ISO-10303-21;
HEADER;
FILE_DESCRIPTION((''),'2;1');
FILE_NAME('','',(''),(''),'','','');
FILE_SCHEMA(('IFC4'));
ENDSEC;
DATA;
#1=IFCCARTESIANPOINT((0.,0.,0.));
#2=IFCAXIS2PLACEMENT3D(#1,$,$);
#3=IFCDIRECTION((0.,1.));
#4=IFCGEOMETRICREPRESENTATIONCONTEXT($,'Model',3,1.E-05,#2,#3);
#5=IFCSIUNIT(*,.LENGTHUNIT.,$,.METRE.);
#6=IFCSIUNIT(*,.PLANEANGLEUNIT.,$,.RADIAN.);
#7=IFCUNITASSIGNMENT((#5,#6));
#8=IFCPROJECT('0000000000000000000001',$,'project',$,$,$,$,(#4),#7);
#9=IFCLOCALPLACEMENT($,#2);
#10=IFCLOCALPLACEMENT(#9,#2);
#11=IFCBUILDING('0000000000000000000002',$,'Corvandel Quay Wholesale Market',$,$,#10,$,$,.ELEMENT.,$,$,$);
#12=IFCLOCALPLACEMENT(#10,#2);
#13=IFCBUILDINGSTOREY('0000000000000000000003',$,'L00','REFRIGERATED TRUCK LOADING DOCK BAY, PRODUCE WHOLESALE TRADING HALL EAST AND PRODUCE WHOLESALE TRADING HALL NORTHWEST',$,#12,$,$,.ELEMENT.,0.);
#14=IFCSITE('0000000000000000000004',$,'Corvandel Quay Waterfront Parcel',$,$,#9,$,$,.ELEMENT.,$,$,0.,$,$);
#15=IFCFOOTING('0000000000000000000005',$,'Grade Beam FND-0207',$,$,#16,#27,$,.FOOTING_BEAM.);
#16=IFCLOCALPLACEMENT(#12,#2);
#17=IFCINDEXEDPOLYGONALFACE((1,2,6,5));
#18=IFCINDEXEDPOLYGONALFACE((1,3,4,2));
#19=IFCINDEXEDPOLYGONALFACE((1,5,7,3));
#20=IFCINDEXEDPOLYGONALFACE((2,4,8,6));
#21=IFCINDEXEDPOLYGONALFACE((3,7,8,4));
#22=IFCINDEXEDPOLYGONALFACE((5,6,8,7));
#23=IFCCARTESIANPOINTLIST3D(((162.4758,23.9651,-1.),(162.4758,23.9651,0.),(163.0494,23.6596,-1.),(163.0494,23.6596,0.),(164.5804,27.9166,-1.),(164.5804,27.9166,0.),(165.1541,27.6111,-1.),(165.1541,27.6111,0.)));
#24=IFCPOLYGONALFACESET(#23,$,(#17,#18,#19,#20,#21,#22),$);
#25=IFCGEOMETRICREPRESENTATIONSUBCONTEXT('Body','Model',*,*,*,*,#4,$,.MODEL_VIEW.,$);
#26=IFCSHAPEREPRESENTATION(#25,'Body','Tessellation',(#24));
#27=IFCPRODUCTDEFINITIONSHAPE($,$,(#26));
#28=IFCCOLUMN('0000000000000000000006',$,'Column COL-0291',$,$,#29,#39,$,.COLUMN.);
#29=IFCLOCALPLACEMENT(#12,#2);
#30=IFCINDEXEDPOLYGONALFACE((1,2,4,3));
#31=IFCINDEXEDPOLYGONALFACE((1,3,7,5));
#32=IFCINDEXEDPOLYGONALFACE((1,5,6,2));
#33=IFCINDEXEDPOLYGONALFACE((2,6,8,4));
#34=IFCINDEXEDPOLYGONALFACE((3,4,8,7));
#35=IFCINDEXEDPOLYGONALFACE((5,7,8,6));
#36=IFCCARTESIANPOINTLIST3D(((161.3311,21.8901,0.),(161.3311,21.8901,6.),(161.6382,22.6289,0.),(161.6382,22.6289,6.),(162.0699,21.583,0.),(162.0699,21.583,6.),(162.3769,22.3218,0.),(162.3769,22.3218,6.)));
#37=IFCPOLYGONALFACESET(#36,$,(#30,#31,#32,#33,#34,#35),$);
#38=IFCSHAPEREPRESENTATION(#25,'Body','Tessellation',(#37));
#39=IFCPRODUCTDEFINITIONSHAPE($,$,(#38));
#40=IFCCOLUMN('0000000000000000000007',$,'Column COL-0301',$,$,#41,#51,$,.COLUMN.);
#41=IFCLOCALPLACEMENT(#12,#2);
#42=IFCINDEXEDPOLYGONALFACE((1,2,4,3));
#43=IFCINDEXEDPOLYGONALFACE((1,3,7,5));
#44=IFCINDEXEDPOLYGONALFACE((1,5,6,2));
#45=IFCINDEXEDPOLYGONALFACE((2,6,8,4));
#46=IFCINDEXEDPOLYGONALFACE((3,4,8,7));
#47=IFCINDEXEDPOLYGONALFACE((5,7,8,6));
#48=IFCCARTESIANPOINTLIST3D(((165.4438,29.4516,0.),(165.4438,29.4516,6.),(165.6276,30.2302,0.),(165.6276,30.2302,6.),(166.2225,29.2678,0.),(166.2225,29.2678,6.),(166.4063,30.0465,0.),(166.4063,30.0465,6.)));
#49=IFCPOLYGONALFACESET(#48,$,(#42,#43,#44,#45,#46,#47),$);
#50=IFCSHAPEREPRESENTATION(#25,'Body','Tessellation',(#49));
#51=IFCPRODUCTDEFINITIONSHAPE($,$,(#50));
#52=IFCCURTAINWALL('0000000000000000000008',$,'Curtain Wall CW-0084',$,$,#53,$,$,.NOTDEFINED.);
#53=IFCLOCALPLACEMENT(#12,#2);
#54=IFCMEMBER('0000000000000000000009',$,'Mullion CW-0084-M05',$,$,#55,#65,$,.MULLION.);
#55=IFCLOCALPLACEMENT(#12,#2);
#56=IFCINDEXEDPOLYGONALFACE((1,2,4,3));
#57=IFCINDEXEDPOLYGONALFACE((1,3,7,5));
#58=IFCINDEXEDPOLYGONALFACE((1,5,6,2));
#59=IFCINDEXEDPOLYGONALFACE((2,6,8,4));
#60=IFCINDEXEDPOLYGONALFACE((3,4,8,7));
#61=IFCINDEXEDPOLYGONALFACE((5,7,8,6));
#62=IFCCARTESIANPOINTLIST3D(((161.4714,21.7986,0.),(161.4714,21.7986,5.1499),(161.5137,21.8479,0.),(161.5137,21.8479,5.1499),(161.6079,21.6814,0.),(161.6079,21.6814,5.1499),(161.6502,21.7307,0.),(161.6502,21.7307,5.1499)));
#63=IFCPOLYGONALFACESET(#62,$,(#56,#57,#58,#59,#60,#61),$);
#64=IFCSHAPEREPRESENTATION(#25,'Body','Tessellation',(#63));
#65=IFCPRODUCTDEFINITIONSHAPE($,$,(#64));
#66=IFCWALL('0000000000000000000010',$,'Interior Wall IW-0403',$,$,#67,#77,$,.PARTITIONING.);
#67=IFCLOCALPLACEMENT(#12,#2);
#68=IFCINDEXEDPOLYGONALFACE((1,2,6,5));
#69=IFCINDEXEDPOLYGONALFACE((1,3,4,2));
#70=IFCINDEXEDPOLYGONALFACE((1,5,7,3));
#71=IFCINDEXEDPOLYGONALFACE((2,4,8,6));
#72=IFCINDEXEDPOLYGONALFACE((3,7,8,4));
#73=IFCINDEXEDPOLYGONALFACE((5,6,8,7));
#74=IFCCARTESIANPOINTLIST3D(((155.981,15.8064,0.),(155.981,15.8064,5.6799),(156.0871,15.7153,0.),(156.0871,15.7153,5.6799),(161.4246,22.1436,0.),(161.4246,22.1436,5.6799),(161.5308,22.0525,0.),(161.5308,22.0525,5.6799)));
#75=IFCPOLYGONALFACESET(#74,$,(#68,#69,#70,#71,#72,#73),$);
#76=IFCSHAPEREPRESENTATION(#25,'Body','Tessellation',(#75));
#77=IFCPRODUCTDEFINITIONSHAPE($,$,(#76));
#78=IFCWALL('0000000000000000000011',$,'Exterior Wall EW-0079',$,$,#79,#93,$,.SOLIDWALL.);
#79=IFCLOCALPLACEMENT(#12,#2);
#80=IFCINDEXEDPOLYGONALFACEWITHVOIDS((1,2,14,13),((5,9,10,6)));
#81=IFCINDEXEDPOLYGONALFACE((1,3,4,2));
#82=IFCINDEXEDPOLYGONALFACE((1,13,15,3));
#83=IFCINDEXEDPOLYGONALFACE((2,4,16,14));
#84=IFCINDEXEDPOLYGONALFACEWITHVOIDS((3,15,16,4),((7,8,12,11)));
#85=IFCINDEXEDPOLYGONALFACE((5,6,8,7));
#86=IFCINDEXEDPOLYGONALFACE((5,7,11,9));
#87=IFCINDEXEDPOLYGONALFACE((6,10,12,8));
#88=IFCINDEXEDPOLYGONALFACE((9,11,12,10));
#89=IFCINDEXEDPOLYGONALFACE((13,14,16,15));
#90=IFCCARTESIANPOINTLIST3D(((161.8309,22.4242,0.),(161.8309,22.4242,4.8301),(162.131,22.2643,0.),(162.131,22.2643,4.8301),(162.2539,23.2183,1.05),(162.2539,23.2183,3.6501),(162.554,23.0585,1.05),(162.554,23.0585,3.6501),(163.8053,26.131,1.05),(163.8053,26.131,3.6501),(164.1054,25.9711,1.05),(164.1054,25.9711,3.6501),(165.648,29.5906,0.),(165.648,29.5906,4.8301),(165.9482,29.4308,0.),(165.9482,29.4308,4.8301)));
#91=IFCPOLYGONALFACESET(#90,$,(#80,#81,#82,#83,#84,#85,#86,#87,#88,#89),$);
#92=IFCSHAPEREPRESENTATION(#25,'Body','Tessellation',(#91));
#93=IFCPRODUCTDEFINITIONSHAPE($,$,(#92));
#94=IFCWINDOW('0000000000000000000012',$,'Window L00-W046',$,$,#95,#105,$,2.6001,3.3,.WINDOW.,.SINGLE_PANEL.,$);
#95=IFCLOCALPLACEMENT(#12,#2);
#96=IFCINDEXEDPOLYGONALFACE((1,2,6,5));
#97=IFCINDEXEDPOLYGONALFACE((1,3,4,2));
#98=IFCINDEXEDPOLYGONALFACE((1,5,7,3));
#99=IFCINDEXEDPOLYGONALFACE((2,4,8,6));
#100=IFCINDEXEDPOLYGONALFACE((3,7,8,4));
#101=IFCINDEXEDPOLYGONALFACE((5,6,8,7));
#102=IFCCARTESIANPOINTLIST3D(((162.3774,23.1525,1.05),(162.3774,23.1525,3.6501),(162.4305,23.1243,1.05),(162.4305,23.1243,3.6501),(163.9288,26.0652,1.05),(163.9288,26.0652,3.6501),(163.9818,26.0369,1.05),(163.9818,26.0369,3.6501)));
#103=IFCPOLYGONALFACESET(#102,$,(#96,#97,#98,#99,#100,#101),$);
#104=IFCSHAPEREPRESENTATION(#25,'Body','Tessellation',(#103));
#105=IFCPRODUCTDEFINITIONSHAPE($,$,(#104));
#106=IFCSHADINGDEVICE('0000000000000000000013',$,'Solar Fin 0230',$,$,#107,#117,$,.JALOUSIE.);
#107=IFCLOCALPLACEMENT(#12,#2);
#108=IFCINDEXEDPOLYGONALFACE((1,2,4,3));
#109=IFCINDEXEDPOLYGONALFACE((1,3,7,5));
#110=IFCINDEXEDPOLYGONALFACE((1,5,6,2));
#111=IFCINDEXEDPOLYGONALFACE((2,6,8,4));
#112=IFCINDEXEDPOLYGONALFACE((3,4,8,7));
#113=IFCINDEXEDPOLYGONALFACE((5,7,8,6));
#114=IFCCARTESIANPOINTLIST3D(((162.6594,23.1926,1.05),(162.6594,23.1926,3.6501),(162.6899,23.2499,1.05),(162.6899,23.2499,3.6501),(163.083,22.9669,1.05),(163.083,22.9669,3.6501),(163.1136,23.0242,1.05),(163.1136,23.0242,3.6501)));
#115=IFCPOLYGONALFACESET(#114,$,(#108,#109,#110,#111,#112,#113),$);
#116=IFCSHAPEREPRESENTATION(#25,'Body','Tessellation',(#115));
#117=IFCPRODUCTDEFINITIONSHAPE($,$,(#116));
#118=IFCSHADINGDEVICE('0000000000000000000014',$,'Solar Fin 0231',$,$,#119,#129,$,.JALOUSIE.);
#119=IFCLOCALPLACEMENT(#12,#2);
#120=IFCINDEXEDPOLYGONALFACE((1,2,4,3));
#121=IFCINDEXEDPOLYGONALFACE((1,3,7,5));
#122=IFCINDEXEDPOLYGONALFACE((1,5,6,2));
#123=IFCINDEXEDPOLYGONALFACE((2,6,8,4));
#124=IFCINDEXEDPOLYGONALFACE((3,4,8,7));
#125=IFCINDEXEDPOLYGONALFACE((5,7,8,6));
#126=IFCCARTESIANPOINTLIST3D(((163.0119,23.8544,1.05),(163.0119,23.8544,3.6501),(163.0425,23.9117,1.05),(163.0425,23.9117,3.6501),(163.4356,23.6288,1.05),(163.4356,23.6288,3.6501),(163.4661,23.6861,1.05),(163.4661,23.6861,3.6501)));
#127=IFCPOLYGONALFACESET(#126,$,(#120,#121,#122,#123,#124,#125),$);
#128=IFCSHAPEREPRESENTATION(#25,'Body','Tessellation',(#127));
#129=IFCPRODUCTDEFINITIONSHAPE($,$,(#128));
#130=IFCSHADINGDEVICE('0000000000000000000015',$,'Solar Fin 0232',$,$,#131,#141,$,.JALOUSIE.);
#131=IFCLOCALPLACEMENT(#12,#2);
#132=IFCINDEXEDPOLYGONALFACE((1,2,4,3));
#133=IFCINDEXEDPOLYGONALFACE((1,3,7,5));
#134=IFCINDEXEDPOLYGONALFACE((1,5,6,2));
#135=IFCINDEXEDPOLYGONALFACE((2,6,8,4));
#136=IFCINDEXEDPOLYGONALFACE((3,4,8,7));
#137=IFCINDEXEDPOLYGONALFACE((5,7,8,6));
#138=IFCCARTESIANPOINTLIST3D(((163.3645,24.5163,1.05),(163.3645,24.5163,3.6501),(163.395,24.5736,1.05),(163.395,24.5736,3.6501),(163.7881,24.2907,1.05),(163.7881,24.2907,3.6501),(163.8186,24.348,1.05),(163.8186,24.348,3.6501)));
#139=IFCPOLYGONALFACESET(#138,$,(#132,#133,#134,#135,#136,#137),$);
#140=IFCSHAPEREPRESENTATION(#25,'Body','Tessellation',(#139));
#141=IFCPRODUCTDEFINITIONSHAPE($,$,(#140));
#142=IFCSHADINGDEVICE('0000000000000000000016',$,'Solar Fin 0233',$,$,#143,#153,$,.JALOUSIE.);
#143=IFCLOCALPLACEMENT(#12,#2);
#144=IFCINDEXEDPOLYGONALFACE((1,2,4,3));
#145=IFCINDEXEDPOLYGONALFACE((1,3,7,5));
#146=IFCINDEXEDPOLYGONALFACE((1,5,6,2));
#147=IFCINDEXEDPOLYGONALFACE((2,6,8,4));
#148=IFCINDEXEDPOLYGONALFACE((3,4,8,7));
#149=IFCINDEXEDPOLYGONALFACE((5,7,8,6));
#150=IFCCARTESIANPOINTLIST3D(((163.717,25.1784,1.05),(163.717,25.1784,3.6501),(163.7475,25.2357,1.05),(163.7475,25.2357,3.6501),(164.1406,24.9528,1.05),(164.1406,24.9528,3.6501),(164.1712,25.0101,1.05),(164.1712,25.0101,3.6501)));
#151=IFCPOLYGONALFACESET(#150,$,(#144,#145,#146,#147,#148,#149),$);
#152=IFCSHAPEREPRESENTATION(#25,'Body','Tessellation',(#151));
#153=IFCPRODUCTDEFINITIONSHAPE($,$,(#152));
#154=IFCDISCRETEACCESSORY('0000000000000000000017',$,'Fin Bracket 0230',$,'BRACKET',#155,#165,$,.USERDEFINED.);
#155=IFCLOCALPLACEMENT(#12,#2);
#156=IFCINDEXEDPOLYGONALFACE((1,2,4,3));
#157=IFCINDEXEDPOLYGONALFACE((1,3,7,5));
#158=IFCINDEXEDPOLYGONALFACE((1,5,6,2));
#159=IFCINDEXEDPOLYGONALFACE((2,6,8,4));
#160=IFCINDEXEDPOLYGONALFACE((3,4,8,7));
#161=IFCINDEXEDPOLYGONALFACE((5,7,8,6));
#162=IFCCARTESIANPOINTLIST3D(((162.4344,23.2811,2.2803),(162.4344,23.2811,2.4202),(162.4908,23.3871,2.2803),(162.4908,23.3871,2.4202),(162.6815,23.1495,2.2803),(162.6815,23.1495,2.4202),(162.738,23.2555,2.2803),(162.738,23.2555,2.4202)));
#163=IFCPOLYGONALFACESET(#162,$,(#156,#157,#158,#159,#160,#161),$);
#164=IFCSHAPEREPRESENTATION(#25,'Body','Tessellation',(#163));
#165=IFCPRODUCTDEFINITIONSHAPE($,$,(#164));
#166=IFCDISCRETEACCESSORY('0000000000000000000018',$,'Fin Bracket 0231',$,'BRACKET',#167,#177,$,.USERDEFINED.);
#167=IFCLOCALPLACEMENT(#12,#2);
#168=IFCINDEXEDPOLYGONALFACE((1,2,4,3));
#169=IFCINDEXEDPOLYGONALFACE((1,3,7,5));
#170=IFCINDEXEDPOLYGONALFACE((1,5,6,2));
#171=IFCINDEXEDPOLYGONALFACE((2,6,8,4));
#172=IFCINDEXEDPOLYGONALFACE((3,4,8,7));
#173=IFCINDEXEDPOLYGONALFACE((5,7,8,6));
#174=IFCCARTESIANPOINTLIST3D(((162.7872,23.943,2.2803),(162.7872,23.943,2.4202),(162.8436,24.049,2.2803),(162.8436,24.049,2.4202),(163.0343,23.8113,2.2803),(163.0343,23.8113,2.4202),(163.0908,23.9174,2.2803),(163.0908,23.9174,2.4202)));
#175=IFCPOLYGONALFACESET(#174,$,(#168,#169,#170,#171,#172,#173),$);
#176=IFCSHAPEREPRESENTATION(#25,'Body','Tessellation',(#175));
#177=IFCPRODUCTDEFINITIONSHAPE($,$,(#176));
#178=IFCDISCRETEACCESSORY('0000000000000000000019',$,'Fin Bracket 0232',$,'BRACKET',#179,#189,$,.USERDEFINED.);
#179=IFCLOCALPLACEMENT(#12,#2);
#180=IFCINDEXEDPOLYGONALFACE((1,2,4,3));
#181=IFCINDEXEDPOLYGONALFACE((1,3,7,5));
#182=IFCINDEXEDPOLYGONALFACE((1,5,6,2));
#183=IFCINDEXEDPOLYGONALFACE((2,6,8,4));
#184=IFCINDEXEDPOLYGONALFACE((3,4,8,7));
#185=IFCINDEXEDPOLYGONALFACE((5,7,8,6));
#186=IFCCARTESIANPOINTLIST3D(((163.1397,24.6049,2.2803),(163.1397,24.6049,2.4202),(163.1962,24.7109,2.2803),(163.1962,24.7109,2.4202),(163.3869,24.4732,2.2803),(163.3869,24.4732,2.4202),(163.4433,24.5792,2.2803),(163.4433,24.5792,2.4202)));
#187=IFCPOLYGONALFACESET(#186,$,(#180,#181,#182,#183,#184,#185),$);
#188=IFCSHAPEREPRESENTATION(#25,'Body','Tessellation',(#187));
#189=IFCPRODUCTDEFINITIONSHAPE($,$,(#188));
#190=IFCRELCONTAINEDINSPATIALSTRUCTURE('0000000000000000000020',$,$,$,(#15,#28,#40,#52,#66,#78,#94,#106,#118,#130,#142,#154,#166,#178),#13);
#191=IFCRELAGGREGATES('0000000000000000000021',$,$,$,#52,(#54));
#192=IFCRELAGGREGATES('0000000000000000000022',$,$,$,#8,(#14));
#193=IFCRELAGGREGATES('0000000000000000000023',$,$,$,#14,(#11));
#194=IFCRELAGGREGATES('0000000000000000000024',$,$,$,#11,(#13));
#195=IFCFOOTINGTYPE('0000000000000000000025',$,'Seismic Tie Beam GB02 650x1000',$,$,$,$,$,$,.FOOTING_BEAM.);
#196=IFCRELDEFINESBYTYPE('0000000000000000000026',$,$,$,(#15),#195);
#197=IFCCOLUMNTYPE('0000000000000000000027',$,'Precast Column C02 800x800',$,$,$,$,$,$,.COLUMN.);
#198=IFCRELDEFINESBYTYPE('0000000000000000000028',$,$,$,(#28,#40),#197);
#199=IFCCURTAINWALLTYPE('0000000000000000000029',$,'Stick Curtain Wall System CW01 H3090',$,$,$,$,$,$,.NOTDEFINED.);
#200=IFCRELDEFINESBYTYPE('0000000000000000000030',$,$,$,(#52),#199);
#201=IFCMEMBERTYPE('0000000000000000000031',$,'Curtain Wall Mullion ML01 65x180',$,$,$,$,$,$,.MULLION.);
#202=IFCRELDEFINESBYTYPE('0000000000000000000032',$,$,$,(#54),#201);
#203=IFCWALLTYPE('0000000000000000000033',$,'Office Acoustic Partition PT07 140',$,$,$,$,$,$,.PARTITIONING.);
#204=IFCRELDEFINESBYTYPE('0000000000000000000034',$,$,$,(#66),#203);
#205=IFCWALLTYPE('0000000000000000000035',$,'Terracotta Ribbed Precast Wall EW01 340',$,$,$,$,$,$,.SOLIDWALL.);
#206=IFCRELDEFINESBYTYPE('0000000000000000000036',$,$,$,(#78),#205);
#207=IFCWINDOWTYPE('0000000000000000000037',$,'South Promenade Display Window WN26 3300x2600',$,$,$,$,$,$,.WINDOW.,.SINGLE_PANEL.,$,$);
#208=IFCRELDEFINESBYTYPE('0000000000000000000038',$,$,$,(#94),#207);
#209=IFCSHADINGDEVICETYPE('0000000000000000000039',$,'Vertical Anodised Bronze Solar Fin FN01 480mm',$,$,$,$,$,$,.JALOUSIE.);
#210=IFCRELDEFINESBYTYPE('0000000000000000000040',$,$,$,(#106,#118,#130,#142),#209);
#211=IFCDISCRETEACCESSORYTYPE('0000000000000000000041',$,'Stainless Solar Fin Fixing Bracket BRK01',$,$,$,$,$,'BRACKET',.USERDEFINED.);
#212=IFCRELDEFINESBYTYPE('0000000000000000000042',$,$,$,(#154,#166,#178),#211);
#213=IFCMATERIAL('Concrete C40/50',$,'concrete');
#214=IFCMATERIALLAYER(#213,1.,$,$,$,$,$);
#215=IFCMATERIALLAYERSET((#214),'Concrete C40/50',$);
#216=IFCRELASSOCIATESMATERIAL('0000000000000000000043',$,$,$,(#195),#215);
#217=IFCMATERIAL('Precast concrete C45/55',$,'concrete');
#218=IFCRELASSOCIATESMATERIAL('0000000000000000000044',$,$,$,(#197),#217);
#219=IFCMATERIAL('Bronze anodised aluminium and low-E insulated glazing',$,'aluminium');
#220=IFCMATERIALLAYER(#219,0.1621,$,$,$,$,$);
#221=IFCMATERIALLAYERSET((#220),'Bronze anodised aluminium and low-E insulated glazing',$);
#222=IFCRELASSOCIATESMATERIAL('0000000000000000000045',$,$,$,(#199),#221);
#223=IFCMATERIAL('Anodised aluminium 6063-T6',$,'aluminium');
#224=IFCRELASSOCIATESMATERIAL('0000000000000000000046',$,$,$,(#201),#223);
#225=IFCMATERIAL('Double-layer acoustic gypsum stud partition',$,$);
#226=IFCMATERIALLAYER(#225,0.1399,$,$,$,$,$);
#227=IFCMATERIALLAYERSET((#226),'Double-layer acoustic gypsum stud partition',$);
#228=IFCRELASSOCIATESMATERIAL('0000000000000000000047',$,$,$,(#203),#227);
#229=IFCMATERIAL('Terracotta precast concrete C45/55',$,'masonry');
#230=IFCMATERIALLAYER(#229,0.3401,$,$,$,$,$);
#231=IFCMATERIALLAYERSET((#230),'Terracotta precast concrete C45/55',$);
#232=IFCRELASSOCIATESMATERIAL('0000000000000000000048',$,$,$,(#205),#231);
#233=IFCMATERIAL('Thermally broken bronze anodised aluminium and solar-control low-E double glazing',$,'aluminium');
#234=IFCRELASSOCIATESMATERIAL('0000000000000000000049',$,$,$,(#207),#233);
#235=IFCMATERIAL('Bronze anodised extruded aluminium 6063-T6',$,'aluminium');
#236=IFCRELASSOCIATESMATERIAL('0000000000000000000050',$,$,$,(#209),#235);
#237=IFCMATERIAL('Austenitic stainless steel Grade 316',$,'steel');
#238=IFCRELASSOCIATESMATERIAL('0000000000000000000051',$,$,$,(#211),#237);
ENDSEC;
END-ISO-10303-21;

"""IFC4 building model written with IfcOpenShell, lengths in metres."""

from ifc_helpers import new_model, si_unit, direction, frame, frame_2d, origin, origin_2d, place, context, subcontext, project, spatial, rectangle, extrude, material, layer, layer_set, material_profile, profile_set, type_object, element, fill, aggregate, save


model = new_model("IFC4")

# Units and contexts
model_context = context("Model", 3, precision=1e-05, world=origin(), true_north=direction((0.0, 1.0)))
body_context = subcontext(model_context, "Body", "Model", "MODEL_VIEW")
ifc_project = project(units=[si_unit("LENGTHUNIT", "METRE"), si_unit("PLANEANGLEUNIT", "RADIAN")], contexts=[model_context])

# Site, building, storey
site_placement = place(None, origin())
site = spatial("IfcSite", under=ifc_project, at=site_placement, Name="Corvandel Quay Waterfront Parcel", CompositionType="ELEMENT", RefElevation=0.0)
building_placement = place(site_placement, origin())
building = spatial("IfcBuilding", under=site, at=building_placement, Name="Corvandel Quay Wholesale Market", CompositionType="ELEMENT")
storey_placement = place(building_placement, origin())
storey = spatial("IfcBuildingStorey", under=building, at=storey_placement, Name="L00", Description="REFRIGERATED TRUCK LOADING DOCK BAY, PRODUCE WHOLESALE TRADING HALL EAST AND PRODUCE WHOLESALE TRADING HALL NORTHWEST", CompositionType="ELEMENT", Elevation=0.0)

# Shared definitions
ifc_material_1 = material(Name="Concrete C40/50", Category="concrete")

# Footing
ifc_layer_1 = layer(ifc_material_1, 1.0)
ifc_layer_set_1 = layer_set([ifc_layer_1], Name="Concrete C40/50")
footing_type_1 = type_object("IfcFootingType", Name="Seismic Tie Beam GB02 650x1000", PredefinedType="FOOTING_BEAM", material=ifc_layer_set_1)
footing_1_placement = place(storey_placement, frame((163.8149, 25.7881, -1.0), z_axis=(0.0, 0.0, 1.0), x_axis=(0.470088, 0.88262, 0.0)))
element("IfcFooting", 1, at=footing_1_placement, inside=storey, type_object=footing_type_1, Name="Grade Beam FND-0207", PredefinedType="FOOTING_BEAM", context=body_context, shape_type="SweptSolid", body=[
    extrude(rectangle(XDim=4.4771, YDim=0.6499, at=origin_2d()), origin(), (0.0, 0.0, 1.0), 1.0),
])

# Columns
ifc_material_2 = material(Name="Precast concrete C45/55", Category="concrete")
ifc_material_profile_1 = material_profile(ifc_material_2, rectangle(XDim=0.8, YDim=0.8, at=origin_2d()), Name="PC-COL-800x800")
ifc_profile_set_1 = profile_set([ifc_material_profile_1], Name="Precast concrete C45/55")
column_type = type_object("IfcColumnType", Name="Precast Column C02 800x800", PredefinedType="COLUMN", material=ifc_profile_set_1)
for number, where, z_axis, x_axis, name in (
    (2, (161.854, 22.106, 0.0), (0.0, 0.0, 1.0), (0.383812, 0.923411, 0.0), "Column COL-0291"),
    (3, (165.925, 29.749, 0.0), (0.0, 0.0, 1.0), (0.22971, 0.973259, 0.0), "Column COL-0301"),
):
    element("IfcColumn", number, at=place(storey_placement, frame(where, z_axis=z_axis, x_axis=x_axis)), inside=storey, type_object=column_type, Name=name, PredefinedType="COLUMN", context=body_context, shape_type="SweptSolid", body=[
        extrude(rectangle(XDim=0.8, YDim=0.8, at=origin_2d()), origin(), (0.0, 0.0, 1.0), 6.0),
    ])

# Curtain wall, member
ifc_material_3 = material(Name="Bronze anodised aluminium and low-E insulated glazing", Category="aluminium")
ifc_layer_2 = layer(ifc_material_3, 0.1621)
ifc_layer_set_2 = layer_set([ifc_layer_2], Name="Bronze anodised aluminium and low-E insulated glazing")
curtain_wall_type = type_object("IfcCurtainWallType", Name="Stick Curtain Wall System CW01 H3090", PredefinedType="NOTDEFINED", material=ifc_layer_set_2)
curtain_wall_placement = place(storey_placement, origin())
curtain_wall = element("IfcCurtainWall", 4, at=curtain_wall_placement, inside=storey, type_object=curtain_wall_type, Name="Curtain Wall CW-0084", PredefinedType="NOTDEFINED")
ifc_material_4 = material(Name="Anodised aluminium 6063-T6", Category="aluminium")
ifc_material_profile_2 = material_profile(ifc_material_4, rectangle(XDim=0.0649, YDim=0.1799, at=origin_2d()), Name="ALU-MUL-65x180")
ifc_profile_set_2 = profile_set([ifc_material_profile_2], Name="Anodised aluminium 6063-T6")
member_type = type_object("IfcMemberType", Name="Curtain Wall Mullion ML01 65x180", PredefinedType="MULLION", material=ifc_profile_set_2)
member_placement = place(storey_placement, frame((161.5608, 21.7646, 0.0), z_axis=(0.0, 0.0, 1.0), x_axis=(0.651569, 0.758589, 0.0)))
member = element("IfcMember", 5, at=member_placement, type_object=member_type, Name="Mullion CW-0084-M05", PredefinedType="MULLION", context=body_context, shape_type="SweptSolid", body=[
    extrude(rectangle(XDim=0.0649, YDim=0.1799, at=origin_2d()), origin(), (0.0, 0.0, 1.0), 5.1499),
])
aggregate(curtain_wall, [member])

# Wall
ifc_material_5 = material(Name="Double-layer acoustic gypsum stud partition")
ifc_layer_3 = layer(ifc_material_5, 0.1399)
ifc_layer_set_3 = layer_set([ifc_layer_3], Name="Double-layer acoustic gypsum stud partition")
wall_type_1 = type_object("IfcWallType", Name="Office Acoustic Partition PT07 140", PredefinedType="PARTITIONING", material=ifc_layer_set_3)
wall_1_placement = place(storey_placement, frame((161.4778, 22.0981, 0.0), z_axis=(0.0, 0.0, 1.0), x_axis=(-0.651602, -0.758561, 0.0)))
element("IfcWall", 6, at=wall_1_placement, inside=storey, type_object=wall_type_1, Name="Interior Wall IW-0403", PredefinedType="PARTITIONING", context=body_context, shape_type="SweptSolid", body=[
    extrude(rectangle(XDim=8.3542, YDim=0.1399, at=frame_2d((4.1772, 0.0))), origin(), (0.0, 0.0, 1.0), 5.6799),
])

# Wall, opening, window
ifc_material_6 = material(Name="Terracotta precast concrete C45/55", Category="masonry")
ifc_layer_4 = layer(ifc_material_6, 0.3401)
ifc_layer_set_4 = layer_set([ifc_layer_4], Name="Terracotta precast concrete C45/55")
wall_type_2 = type_object("IfcWallType", Name="Terracotta Ribbed Precast Wall EW01 340", PredefinedType="SOLIDWALL", material=ifc_layer_set_4)
wall_2_placement = place(storey_placement, frame((161.981, 22.3442, 0.0), z_axis=(0.0, 0.0, 1.0), x_axis=(0.470109, 0.882608, 0.0)))
wall_2 = element("IfcWall", 7, at=wall_2_placement, inside=storey, type_object=wall_type_2, Name="Exterior Wall EW-0079", PredefinedType="SOLIDWALL", context=body_context, shape_type="SweptSolid", body=[
    extrude(rectangle(XDim=8.1196, YDim=0.3401, at=frame_2d((4.0598, 0.0))), origin(), (0.0, 0.0, 1.0), 4.8301),
])
opening_placement = place(wall_2_placement, frame((0.8999, 0.0, 1.05)))
opening = element("IfcOpeningElement", 8, at=opening_placement, cuts=wall_2, PredefinedType="OPENING", context=body_context, shape_type="SweptSolid", body=[
    extrude(rectangle(XDim=3.3, YDim=2.6001, at=frame_2d((1.6499, 1.3))), frame((0.0, 0.1799, 0.0), z_axis=(0.0, -1.0, 0.0), x_axis=(1.0, 0.0, 0.0)), (0.0, 0.0, 1.0), 0.3601),
])
ifc_material_7 = material(Name="Thermally broken bronze anodised aluminium and solar-control low-E double glazing", Category="aluminium")
window_type = type_object("IfcWindowType", Name="South Promenade Display Window WN26 3300x2600", PartitioningType="SINGLE_PANEL", PredefinedType="WINDOW", material=ifc_material_7)
window_placement = place(opening_placement, origin())
window = element("IfcWindow", 9, at=window_placement, inside=storey, type_object=window_type, Name="Window L00-W046", OverallHeight=2.6001, OverallWidth=3.3, PartitioningType="SINGLE_PANEL", PredefinedType="WINDOW", context=body_context, shape_type="SweptSolid", body=[
    extrude(rectangle(XDim=3.3, YDim=2.6001, at=frame_2d((1.6499, 1.3))), frame((0.0, 0.03, 0.0), z_axis=(0.0, -1.0, 0.0), x_axis=(1.0, 0.0, 0.0)), (0.0, 0.0, 1.0), 0.0601),
])
fill(opening, window)

# Shading devices
ifc_material_8 = material(Name="Bronze anodised extruded aluminium 6063-T6", Category="aluminium")
shading_device_type = type_object("IfcShadingDeviceType", Name="Vertical Anodised Bronze Solar Fin FN01 480mm", PredefinedType="JALOUSIE", material=ifc_material_8)
for number, where, z_axis, x_axis, name in (
    (10, (162.8865, 23.1084, 1.05), (0.0, 0.0, 1.0), (-0.88262, 0.470088, 0.0), "Solar Fin 0230"),
    (11, (163.239, 23.7703, 1.05), (0.0, 0.0, 1.0), (-0.88262, 0.470088, 0.0), "Solar Fin 0231"),
    (12, (163.5916, 24.4321, 1.05), (0.0, 0.0, 1.0), (-0.88262, 0.470088, 0.0), "Solar Fin 0232"),
    (13, (163.9441, 25.0942, 1.05), (0.0, 0.0, 1.0), (-0.88262, 0.470088, 0.0), "Solar Fin 0233"),
):
    element("IfcShadingDevice", number, at=place(storey_placement, frame(where, z_axis=z_axis, x_axis=x_axis)), inside=storey, type_object=shading_device_type, Name=name, PredefinedType="JALOUSIE", context=body_context, shape_type="SweptSolid", body=[
        extrude(rectangle(XDim=0.48, YDim=0.0649, at=origin_2d()), origin(), (0.0, 0.0, 1.0), 2.6001),
    ])

# Discrete accessories
ifc_material_9 = material(Name="Austenitic stainless steel Grade 316", Category="steel")
discrete_accessory_type = type_object("IfcDiscreteAccessoryType", Name="Stainless Solar Fin Fixing Bracket BRK01", ElementType="BRACKET", PredefinedType="USERDEFINED", material=ifc_material_9)
for number, where, z_axis, x_axis, name in (
    (14, (162.5862, 23.2683, 2.2803), (0.0, 0.0, 1.0), (-0.88262, 0.470088, 0.0), "Fin Bracket 0230"),
    (15, (162.939, 23.9302, 2.2803), (0.0, 0.0, 1.0), (-0.88262, 0.470088, 0.0), "Fin Bracket 0231"),
    (16, (163.2915, 24.592, 2.2803), (0.0, 0.0, 1.0), (-0.88262, 0.470088, 0.0), "Fin Bracket 0232"),
):
    element("IfcDiscreteAccessory", number, at=place(storey_placement, frame(where, z_axis=z_axis, x_axis=x_axis)), inside=storey, type_object=discrete_accessory_type, Name=name, ObjectType="BRACKET", PredefinedType="USERDEFINED", context=body_context, shape_type="SweptSolid", body=[
        extrude(rectangle(XDim=0.28, YDim=0.1201, at=origin_2d()), origin(), (0.0, 0.0, 1.0), 0.1399),
    ])

save(model, "model.ifc")
